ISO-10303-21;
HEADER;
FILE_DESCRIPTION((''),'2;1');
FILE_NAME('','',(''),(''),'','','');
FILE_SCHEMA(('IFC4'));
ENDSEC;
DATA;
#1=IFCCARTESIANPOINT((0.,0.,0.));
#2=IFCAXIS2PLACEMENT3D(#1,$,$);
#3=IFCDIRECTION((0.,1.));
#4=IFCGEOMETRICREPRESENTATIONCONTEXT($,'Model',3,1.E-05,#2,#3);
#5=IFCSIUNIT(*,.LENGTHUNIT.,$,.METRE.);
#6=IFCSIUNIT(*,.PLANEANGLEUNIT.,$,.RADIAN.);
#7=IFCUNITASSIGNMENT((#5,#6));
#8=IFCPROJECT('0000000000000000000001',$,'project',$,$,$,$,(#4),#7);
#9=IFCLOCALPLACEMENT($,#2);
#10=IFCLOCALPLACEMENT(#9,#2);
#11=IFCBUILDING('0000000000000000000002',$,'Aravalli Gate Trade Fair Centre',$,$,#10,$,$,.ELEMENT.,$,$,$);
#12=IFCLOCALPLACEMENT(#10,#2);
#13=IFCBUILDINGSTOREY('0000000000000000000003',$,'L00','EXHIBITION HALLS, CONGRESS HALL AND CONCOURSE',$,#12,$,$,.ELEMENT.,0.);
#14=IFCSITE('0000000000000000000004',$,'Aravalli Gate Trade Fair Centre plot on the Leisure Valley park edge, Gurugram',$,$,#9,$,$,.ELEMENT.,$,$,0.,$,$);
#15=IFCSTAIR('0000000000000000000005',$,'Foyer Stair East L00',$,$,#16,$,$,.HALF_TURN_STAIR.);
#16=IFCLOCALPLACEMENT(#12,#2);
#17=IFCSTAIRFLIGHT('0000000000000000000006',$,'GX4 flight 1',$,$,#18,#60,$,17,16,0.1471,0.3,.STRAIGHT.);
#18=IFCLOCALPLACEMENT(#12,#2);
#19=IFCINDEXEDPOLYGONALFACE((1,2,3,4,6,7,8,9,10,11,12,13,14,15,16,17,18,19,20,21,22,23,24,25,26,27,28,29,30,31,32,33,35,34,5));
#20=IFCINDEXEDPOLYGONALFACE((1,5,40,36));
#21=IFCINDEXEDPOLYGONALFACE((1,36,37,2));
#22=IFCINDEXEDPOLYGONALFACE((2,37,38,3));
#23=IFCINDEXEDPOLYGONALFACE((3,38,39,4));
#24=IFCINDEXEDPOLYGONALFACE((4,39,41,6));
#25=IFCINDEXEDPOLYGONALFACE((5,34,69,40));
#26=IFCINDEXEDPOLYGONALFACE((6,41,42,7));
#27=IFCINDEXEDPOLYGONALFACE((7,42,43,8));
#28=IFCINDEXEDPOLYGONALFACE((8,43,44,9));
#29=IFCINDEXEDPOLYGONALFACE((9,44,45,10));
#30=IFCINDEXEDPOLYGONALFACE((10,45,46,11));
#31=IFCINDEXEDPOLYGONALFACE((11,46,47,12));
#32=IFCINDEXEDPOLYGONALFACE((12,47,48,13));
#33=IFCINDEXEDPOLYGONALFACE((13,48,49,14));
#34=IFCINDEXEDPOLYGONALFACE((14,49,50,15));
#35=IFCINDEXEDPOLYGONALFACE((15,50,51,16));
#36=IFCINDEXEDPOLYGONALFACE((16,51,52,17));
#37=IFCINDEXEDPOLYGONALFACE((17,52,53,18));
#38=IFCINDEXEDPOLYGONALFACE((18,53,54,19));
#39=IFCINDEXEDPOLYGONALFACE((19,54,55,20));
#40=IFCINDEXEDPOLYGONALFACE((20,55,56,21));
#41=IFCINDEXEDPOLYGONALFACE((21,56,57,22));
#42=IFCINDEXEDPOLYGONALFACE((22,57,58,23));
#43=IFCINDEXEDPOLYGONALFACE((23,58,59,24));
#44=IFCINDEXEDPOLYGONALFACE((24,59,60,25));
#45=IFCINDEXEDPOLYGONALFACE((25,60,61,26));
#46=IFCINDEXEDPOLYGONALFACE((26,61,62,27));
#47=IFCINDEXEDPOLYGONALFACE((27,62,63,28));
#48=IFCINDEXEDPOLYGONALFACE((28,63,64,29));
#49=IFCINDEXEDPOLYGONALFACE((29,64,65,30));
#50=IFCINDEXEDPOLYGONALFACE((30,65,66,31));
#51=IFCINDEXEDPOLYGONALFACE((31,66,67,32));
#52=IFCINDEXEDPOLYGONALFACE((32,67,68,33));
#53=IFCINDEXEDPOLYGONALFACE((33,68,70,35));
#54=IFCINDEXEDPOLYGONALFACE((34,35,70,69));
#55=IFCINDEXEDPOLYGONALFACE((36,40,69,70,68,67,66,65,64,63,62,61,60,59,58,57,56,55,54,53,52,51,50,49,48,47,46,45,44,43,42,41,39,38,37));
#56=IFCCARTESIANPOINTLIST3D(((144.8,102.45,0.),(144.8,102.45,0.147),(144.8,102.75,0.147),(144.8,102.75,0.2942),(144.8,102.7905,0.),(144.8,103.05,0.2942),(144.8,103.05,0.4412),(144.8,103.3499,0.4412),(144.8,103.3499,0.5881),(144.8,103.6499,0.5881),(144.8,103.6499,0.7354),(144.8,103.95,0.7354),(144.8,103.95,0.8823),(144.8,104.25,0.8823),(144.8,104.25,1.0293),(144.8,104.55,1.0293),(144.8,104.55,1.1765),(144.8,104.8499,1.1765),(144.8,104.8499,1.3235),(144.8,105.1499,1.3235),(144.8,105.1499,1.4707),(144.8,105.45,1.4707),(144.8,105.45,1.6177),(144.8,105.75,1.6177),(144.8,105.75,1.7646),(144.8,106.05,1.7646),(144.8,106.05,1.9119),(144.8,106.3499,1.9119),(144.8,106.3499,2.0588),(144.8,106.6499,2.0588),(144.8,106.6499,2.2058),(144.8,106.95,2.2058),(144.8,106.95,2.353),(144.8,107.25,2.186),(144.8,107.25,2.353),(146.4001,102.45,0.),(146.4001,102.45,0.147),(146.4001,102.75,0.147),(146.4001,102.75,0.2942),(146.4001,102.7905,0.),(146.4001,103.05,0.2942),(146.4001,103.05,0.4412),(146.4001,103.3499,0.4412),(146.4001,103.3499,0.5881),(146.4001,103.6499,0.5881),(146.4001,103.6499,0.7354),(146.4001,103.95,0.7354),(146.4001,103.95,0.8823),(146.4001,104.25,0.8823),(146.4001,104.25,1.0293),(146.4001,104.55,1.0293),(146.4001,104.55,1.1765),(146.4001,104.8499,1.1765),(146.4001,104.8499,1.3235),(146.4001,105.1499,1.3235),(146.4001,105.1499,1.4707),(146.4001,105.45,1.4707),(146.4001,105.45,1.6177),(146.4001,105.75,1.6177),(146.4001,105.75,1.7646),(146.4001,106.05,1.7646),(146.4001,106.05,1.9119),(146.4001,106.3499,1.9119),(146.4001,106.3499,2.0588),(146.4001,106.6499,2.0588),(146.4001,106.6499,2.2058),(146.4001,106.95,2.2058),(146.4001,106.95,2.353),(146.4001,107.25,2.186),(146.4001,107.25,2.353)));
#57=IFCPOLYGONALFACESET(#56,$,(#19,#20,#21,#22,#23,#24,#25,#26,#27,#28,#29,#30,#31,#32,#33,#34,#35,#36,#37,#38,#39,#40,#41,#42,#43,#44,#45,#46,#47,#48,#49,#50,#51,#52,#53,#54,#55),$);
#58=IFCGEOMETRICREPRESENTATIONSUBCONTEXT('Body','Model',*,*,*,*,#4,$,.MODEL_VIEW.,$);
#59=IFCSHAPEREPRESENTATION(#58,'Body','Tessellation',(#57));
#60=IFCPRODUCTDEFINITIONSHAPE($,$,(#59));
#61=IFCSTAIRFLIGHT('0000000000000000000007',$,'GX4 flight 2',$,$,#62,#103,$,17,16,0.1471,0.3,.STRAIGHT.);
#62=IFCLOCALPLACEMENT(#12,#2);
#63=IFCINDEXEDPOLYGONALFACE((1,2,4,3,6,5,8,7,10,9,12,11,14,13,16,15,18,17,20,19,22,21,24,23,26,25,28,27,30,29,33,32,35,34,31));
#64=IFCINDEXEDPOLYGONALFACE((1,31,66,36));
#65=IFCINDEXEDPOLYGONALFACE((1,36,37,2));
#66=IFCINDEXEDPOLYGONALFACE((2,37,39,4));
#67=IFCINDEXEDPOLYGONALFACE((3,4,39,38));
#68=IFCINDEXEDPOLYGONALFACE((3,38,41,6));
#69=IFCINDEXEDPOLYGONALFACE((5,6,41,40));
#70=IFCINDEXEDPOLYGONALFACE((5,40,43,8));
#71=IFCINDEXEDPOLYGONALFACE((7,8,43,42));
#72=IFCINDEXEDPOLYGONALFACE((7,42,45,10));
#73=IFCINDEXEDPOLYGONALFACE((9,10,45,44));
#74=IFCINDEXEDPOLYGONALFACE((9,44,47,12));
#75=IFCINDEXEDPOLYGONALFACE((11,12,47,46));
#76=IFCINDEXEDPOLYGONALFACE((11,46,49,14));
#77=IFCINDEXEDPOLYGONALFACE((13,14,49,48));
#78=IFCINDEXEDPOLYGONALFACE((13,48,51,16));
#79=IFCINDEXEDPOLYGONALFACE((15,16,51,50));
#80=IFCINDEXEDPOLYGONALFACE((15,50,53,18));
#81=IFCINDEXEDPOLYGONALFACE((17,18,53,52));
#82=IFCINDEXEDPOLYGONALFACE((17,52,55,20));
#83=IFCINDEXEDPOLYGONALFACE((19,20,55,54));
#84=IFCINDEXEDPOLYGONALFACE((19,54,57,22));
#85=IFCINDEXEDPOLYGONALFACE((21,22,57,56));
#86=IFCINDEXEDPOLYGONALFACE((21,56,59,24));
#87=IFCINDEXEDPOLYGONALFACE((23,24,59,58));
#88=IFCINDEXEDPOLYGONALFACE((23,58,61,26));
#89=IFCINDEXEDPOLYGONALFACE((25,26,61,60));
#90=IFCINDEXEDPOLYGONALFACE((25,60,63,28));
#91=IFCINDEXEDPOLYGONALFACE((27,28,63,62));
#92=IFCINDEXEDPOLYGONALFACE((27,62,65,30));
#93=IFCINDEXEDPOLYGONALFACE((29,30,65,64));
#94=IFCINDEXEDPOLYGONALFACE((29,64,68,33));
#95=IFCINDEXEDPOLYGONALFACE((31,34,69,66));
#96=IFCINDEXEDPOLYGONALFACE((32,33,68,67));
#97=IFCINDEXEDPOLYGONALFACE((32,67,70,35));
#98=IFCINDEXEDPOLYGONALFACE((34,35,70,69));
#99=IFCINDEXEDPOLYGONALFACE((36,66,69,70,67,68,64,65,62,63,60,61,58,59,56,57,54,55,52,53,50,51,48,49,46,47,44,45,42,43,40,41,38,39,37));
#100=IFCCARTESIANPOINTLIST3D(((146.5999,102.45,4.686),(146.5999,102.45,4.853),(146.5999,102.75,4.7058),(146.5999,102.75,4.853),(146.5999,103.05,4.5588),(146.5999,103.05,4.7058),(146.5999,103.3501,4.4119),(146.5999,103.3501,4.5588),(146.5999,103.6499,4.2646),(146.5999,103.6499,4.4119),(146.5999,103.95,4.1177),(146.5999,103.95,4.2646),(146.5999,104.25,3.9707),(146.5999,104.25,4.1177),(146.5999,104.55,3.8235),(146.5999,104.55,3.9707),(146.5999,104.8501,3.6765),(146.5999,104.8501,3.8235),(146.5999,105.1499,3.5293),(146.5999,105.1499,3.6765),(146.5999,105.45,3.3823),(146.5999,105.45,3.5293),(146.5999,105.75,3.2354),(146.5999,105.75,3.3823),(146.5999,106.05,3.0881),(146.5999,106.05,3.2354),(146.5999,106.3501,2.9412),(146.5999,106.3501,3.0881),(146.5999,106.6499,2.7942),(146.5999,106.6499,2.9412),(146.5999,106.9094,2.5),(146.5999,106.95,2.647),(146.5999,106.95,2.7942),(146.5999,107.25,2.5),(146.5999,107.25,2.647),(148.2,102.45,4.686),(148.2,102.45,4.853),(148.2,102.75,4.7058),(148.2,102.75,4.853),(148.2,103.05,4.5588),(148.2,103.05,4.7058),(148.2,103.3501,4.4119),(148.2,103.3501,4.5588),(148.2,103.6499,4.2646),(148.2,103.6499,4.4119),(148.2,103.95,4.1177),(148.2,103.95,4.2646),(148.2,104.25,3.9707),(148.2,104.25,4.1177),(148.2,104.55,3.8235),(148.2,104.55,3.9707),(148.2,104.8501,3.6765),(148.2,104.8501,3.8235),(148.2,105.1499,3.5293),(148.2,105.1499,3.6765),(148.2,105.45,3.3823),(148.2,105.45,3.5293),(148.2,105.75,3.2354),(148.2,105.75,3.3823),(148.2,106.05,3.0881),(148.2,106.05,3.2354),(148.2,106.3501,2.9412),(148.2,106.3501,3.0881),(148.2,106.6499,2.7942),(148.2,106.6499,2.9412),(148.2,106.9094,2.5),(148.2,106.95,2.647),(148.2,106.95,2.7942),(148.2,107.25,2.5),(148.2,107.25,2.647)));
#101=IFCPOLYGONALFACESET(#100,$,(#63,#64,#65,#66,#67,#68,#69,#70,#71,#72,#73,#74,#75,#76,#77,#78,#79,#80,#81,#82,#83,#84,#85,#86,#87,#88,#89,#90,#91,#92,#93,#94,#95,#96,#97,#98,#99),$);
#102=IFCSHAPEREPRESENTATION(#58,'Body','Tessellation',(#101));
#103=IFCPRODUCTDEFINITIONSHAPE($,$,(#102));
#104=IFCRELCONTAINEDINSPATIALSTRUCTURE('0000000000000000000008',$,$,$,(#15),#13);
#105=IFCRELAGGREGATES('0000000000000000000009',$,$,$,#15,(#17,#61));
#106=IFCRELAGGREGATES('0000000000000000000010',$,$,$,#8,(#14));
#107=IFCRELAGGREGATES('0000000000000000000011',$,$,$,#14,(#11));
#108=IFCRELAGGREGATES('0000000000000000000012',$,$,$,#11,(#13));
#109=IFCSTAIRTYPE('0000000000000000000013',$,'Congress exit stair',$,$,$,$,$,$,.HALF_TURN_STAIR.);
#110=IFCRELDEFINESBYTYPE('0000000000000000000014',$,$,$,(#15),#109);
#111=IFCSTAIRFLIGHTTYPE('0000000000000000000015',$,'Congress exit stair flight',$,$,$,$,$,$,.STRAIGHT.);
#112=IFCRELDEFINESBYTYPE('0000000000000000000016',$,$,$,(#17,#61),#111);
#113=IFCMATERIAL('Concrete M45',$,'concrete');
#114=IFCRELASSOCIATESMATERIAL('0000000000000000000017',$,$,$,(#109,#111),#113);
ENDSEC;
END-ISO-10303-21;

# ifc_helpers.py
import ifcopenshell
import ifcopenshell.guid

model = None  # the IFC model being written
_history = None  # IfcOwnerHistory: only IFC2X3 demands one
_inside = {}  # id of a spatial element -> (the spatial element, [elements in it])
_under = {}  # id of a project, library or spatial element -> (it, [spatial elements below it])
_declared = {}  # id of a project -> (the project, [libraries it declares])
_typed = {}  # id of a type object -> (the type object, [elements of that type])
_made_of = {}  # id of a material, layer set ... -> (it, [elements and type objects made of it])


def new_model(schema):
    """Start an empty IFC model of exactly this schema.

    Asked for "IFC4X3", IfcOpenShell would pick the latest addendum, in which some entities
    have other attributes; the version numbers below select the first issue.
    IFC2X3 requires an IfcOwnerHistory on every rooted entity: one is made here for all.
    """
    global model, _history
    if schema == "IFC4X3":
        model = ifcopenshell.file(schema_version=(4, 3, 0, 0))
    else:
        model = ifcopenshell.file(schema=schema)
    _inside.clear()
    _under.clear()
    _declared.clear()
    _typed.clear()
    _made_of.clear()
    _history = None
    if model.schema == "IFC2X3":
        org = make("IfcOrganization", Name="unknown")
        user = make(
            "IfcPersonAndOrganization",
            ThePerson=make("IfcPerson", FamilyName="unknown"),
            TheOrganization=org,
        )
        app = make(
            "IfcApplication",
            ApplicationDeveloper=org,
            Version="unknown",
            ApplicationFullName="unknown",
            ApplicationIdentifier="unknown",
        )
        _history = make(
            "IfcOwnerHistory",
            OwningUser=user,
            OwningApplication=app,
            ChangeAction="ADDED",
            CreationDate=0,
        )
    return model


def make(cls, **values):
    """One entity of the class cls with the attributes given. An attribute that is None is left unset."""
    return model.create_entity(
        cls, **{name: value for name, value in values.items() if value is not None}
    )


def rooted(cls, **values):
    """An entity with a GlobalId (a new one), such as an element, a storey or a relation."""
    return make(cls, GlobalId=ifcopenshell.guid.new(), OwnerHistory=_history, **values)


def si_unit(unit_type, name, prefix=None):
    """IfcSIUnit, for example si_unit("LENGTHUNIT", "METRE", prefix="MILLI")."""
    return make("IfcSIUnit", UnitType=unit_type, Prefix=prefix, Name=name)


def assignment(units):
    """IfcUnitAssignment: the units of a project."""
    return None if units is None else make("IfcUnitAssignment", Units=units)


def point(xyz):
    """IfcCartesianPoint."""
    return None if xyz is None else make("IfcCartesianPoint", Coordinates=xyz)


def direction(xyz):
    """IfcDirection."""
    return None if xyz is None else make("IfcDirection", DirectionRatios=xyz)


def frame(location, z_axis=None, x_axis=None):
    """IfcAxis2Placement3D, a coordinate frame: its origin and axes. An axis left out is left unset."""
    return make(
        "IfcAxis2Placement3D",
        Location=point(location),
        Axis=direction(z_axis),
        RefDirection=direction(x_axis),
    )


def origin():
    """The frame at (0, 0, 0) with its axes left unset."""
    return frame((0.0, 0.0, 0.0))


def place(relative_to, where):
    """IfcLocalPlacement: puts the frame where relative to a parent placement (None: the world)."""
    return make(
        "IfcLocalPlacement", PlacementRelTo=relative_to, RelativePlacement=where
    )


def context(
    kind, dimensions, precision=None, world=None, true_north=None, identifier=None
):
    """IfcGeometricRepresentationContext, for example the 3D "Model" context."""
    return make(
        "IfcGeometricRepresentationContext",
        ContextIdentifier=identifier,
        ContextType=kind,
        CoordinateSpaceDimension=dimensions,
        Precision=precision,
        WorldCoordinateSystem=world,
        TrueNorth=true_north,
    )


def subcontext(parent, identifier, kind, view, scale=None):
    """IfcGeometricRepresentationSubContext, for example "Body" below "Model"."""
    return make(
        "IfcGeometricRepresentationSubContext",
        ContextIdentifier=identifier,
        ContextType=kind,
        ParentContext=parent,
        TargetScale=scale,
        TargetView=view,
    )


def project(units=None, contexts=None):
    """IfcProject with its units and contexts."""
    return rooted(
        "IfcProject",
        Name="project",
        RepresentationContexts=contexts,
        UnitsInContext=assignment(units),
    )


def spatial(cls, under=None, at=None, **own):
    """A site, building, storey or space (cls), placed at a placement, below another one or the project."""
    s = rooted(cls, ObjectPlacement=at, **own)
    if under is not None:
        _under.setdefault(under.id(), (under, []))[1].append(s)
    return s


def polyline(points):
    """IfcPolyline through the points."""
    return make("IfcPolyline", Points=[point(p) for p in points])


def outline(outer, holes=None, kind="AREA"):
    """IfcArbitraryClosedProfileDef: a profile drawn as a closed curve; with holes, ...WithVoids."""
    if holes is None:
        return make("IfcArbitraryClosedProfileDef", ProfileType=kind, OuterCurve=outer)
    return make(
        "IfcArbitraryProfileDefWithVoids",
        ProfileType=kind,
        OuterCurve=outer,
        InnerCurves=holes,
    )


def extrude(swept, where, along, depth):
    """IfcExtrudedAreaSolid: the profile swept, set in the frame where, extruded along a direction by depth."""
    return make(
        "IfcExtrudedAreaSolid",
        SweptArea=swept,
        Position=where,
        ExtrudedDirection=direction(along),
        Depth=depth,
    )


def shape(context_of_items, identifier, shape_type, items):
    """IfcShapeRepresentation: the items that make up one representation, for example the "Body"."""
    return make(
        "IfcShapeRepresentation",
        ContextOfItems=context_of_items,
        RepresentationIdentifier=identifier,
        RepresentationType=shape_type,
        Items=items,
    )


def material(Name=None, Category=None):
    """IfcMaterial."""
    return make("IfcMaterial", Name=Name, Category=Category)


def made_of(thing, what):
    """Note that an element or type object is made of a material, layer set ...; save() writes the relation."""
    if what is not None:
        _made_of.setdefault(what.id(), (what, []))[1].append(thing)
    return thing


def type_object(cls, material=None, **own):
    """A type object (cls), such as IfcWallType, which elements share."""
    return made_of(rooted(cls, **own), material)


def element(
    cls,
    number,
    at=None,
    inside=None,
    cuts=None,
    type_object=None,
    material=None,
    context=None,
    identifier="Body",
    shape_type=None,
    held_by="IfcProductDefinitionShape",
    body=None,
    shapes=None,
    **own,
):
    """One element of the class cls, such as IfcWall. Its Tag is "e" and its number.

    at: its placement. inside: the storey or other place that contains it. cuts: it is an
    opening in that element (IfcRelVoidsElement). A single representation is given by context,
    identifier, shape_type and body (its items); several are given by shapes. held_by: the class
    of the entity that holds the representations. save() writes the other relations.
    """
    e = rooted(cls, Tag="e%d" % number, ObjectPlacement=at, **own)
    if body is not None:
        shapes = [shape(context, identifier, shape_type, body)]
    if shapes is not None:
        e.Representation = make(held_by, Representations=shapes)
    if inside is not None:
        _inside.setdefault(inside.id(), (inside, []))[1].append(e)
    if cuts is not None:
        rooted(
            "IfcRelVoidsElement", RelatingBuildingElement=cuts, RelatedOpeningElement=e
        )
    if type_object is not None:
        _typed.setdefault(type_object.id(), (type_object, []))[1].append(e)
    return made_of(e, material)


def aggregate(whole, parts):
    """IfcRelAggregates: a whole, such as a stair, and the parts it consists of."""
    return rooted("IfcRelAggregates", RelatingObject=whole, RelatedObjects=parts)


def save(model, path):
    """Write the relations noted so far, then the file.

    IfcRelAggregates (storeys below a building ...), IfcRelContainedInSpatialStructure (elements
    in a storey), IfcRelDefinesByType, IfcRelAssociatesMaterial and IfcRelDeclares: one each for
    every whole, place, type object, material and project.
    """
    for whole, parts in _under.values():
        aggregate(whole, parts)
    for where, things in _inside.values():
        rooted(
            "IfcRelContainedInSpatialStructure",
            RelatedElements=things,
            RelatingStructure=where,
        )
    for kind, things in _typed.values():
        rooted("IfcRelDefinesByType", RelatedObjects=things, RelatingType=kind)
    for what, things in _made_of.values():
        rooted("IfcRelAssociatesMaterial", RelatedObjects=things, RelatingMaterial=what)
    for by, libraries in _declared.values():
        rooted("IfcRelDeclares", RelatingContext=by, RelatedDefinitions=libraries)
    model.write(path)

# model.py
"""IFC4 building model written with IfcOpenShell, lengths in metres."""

from ifc_helpers import new_model, si_unit, direction, frame, origin, place, context, subcontext, project, spatial, polyline, outline, extrude, material, type_object, element, aggregate, save


model = new_model("IFC4")

# Units and contexts
model_context = context("Model", 3, precision=1e-05, world=origin(), true_north=direction((0.0, 1.0)))
body_context = subcontext(model_context, "Body", "Model", "MODEL_VIEW")
ifc_project = project(units=[si_unit("LENGTHUNIT", "METRE"), si_unit("PLANEANGLEUNIT", "RADIAN")], contexts=[model_context])

# Site, building, storey
site_placement = place(None, origin())
site = spatial("IfcSite", under=ifc_project, at=site_placement, Name="Aravalli Gate Trade Fair Centre plot on the Leisure Valley park edge, Gurugram", CompositionType="ELEMENT", RefElevation=0.0)
building_placement = place(site_placement, origin())
building = spatial("IfcBuilding", under=site, at=building_placement, Name="Aravalli Gate Trade Fair Centre", CompositionType="ELEMENT")
storey_placement = place(building_placement, origin())
storey = spatial("IfcBuildingStorey", under=building, at=storey_placement, Name="L00", Description="EXHIBITION HALLS, CONGRESS HALL AND CONCOURSE", CompositionType="ELEMENT", Elevation=0.0)

# Shared definitions
ifc_material_1 = material(Name="Concrete M45", Category="concrete")

# Stair, stair flights
stair_type = type_object("IfcStairType", Name="Congress exit stair", PredefinedType="HALF_TURN_STAIR", material=ifc_material_1)
stair_placement = place(storey_placement, origin())
stair = element("IfcStair", 1, at=stair_placement, inside=storey, type_object=stair_type, Name="Foyer Stair East L00", PredefinedType="HALF_TURN_STAIR")
stair_flight_type = type_object("IfcStairFlightType", Name="Congress exit stair flight", PredefinedType="STRAIGHT", material=ifc_material_1)
stair_flight_1_placement = place(storey_placement, frame((145.6001, 102.45, 0.0), z_axis=(0.0, 0.0, 1.0), x_axis=(0.0, 1.0, 0.0)))
stair_flight_1 = element("IfcStairFlight", 2, at=stair_flight_1_placement, type_object=stair_flight_type, Name="GX4 flight 1", NumberOfRisers=17, NumberOfTreads=16, PredefinedType="STRAIGHT", RiserHeight=0.1471, TreadLength=0.3, context=body_context, shape_type="SweptSolid", body=[
    extrude(outline(polyline([(0.0, 0.0), (0.0, 0.147), (0.3, 0.147), (0.3, 0.2942), (0.6001, 0.2942), (0.6001, 0.4412), (0.8999, 0.4412), (0.8999, 0.5881), (1.2, 0.5881), (1.2, 0.7354), (1.5, 0.7354), (1.5, 0.8823), (1.8, 0.8823), (1.8, 1.0293), (2.1001, 1.0293), (2.1001, 1.1765), (2.3999, 1.1765), (2.3999, 1.3235), (2.7, 1.3235), (2.7, 1.4707), (3.0, 1.4707), (3.0, 1.6177), (3.3, 1.6177), (3.3, 1.7646), (3.6001, 1.7646), (3.6001, 1.9119), (3.8999, 1.9119), (3.8999, 2.0588), (4.2, 2.0588), (4.2, 2.2058), (4.5, 2.2058), (4.5, 2.353), (4.8, 2.353), (4.8, 2.5), (4.8, 2.186), (0.3406, 0.0), (0.0, 0.0)])), frame((0.0, 0.8, 0.0), z_axis=(0.0, -1.0, 0.0), x_axis=(1.0, 0.0, 0.0)), (0.0, 0.0, 1.0), 1.6001),
])
stair_flight_2_placement = place(storey_placement, frame((147.3999, 107.25, 2.5), z_axis=(0.0, 0.0, 1.0), x_axis=(0.0, -1.0, 0.0)))
stair_flight_2 = element("IfcStairFlight", 3, at=stair_flight_2_placement, type_object=stair_flight_type, Name="GX4 flight 2", NumberOfRisers=17, NumberOfTreads=16, PredefinedType="STRAIGHT", RiserHeight=0.1471, TreadLength=0.3, context=body_context, shape_type="SweptSolid", body=[
    extrude(outline(polyline([(0.0, 0.0), (0.0, 0.147), (0.3, 0.147), (0.3, 0.2942), (0.6001, 0.2942), (0.6001, 0.4412), (0.8999, 0.4412), (0.8999, 0.5881), (1.2, 0.5881), (1.2, 0.7354), (1.5, 0.7354), (1.5, 0.8823), (1.8, 0.8823), (1.8, 1.0293), (2.1001, 1.0293), (2.1001, 1.1765), (2.3999, 1.1765), (2.3999, 1.3235), (2.7, 1.3235), (2.7, 1.4707), (3.0, 1.4707), (3.0, 1.6177), (3.3, 1.6177), (3.3, 1.7646), (3.6001, 1.7646), (3.6001, 1.9119), (3.8999, 1.9119), (3.8999, 2.0588), (4.2, 2.0588), (4.2, 2.2058), (4.5, 2.2058), (4.5, 2.353), (4.8, 2.353), (4.8, 2.5), (4.8, 2.186), (0.3406, 0.0), (0.0, 0.0)])), frame((0.0, 0.8, 0.0), z_axis=(0.0, -1.0, 0.0), x_axis=(1.0, 0.0, 0.0)), (0.0, 0.0, 1.0), 1.6001),
])
aggregate(stair, [stair_flight_1, stair_flight_2])

save(model, "model.ifc")
